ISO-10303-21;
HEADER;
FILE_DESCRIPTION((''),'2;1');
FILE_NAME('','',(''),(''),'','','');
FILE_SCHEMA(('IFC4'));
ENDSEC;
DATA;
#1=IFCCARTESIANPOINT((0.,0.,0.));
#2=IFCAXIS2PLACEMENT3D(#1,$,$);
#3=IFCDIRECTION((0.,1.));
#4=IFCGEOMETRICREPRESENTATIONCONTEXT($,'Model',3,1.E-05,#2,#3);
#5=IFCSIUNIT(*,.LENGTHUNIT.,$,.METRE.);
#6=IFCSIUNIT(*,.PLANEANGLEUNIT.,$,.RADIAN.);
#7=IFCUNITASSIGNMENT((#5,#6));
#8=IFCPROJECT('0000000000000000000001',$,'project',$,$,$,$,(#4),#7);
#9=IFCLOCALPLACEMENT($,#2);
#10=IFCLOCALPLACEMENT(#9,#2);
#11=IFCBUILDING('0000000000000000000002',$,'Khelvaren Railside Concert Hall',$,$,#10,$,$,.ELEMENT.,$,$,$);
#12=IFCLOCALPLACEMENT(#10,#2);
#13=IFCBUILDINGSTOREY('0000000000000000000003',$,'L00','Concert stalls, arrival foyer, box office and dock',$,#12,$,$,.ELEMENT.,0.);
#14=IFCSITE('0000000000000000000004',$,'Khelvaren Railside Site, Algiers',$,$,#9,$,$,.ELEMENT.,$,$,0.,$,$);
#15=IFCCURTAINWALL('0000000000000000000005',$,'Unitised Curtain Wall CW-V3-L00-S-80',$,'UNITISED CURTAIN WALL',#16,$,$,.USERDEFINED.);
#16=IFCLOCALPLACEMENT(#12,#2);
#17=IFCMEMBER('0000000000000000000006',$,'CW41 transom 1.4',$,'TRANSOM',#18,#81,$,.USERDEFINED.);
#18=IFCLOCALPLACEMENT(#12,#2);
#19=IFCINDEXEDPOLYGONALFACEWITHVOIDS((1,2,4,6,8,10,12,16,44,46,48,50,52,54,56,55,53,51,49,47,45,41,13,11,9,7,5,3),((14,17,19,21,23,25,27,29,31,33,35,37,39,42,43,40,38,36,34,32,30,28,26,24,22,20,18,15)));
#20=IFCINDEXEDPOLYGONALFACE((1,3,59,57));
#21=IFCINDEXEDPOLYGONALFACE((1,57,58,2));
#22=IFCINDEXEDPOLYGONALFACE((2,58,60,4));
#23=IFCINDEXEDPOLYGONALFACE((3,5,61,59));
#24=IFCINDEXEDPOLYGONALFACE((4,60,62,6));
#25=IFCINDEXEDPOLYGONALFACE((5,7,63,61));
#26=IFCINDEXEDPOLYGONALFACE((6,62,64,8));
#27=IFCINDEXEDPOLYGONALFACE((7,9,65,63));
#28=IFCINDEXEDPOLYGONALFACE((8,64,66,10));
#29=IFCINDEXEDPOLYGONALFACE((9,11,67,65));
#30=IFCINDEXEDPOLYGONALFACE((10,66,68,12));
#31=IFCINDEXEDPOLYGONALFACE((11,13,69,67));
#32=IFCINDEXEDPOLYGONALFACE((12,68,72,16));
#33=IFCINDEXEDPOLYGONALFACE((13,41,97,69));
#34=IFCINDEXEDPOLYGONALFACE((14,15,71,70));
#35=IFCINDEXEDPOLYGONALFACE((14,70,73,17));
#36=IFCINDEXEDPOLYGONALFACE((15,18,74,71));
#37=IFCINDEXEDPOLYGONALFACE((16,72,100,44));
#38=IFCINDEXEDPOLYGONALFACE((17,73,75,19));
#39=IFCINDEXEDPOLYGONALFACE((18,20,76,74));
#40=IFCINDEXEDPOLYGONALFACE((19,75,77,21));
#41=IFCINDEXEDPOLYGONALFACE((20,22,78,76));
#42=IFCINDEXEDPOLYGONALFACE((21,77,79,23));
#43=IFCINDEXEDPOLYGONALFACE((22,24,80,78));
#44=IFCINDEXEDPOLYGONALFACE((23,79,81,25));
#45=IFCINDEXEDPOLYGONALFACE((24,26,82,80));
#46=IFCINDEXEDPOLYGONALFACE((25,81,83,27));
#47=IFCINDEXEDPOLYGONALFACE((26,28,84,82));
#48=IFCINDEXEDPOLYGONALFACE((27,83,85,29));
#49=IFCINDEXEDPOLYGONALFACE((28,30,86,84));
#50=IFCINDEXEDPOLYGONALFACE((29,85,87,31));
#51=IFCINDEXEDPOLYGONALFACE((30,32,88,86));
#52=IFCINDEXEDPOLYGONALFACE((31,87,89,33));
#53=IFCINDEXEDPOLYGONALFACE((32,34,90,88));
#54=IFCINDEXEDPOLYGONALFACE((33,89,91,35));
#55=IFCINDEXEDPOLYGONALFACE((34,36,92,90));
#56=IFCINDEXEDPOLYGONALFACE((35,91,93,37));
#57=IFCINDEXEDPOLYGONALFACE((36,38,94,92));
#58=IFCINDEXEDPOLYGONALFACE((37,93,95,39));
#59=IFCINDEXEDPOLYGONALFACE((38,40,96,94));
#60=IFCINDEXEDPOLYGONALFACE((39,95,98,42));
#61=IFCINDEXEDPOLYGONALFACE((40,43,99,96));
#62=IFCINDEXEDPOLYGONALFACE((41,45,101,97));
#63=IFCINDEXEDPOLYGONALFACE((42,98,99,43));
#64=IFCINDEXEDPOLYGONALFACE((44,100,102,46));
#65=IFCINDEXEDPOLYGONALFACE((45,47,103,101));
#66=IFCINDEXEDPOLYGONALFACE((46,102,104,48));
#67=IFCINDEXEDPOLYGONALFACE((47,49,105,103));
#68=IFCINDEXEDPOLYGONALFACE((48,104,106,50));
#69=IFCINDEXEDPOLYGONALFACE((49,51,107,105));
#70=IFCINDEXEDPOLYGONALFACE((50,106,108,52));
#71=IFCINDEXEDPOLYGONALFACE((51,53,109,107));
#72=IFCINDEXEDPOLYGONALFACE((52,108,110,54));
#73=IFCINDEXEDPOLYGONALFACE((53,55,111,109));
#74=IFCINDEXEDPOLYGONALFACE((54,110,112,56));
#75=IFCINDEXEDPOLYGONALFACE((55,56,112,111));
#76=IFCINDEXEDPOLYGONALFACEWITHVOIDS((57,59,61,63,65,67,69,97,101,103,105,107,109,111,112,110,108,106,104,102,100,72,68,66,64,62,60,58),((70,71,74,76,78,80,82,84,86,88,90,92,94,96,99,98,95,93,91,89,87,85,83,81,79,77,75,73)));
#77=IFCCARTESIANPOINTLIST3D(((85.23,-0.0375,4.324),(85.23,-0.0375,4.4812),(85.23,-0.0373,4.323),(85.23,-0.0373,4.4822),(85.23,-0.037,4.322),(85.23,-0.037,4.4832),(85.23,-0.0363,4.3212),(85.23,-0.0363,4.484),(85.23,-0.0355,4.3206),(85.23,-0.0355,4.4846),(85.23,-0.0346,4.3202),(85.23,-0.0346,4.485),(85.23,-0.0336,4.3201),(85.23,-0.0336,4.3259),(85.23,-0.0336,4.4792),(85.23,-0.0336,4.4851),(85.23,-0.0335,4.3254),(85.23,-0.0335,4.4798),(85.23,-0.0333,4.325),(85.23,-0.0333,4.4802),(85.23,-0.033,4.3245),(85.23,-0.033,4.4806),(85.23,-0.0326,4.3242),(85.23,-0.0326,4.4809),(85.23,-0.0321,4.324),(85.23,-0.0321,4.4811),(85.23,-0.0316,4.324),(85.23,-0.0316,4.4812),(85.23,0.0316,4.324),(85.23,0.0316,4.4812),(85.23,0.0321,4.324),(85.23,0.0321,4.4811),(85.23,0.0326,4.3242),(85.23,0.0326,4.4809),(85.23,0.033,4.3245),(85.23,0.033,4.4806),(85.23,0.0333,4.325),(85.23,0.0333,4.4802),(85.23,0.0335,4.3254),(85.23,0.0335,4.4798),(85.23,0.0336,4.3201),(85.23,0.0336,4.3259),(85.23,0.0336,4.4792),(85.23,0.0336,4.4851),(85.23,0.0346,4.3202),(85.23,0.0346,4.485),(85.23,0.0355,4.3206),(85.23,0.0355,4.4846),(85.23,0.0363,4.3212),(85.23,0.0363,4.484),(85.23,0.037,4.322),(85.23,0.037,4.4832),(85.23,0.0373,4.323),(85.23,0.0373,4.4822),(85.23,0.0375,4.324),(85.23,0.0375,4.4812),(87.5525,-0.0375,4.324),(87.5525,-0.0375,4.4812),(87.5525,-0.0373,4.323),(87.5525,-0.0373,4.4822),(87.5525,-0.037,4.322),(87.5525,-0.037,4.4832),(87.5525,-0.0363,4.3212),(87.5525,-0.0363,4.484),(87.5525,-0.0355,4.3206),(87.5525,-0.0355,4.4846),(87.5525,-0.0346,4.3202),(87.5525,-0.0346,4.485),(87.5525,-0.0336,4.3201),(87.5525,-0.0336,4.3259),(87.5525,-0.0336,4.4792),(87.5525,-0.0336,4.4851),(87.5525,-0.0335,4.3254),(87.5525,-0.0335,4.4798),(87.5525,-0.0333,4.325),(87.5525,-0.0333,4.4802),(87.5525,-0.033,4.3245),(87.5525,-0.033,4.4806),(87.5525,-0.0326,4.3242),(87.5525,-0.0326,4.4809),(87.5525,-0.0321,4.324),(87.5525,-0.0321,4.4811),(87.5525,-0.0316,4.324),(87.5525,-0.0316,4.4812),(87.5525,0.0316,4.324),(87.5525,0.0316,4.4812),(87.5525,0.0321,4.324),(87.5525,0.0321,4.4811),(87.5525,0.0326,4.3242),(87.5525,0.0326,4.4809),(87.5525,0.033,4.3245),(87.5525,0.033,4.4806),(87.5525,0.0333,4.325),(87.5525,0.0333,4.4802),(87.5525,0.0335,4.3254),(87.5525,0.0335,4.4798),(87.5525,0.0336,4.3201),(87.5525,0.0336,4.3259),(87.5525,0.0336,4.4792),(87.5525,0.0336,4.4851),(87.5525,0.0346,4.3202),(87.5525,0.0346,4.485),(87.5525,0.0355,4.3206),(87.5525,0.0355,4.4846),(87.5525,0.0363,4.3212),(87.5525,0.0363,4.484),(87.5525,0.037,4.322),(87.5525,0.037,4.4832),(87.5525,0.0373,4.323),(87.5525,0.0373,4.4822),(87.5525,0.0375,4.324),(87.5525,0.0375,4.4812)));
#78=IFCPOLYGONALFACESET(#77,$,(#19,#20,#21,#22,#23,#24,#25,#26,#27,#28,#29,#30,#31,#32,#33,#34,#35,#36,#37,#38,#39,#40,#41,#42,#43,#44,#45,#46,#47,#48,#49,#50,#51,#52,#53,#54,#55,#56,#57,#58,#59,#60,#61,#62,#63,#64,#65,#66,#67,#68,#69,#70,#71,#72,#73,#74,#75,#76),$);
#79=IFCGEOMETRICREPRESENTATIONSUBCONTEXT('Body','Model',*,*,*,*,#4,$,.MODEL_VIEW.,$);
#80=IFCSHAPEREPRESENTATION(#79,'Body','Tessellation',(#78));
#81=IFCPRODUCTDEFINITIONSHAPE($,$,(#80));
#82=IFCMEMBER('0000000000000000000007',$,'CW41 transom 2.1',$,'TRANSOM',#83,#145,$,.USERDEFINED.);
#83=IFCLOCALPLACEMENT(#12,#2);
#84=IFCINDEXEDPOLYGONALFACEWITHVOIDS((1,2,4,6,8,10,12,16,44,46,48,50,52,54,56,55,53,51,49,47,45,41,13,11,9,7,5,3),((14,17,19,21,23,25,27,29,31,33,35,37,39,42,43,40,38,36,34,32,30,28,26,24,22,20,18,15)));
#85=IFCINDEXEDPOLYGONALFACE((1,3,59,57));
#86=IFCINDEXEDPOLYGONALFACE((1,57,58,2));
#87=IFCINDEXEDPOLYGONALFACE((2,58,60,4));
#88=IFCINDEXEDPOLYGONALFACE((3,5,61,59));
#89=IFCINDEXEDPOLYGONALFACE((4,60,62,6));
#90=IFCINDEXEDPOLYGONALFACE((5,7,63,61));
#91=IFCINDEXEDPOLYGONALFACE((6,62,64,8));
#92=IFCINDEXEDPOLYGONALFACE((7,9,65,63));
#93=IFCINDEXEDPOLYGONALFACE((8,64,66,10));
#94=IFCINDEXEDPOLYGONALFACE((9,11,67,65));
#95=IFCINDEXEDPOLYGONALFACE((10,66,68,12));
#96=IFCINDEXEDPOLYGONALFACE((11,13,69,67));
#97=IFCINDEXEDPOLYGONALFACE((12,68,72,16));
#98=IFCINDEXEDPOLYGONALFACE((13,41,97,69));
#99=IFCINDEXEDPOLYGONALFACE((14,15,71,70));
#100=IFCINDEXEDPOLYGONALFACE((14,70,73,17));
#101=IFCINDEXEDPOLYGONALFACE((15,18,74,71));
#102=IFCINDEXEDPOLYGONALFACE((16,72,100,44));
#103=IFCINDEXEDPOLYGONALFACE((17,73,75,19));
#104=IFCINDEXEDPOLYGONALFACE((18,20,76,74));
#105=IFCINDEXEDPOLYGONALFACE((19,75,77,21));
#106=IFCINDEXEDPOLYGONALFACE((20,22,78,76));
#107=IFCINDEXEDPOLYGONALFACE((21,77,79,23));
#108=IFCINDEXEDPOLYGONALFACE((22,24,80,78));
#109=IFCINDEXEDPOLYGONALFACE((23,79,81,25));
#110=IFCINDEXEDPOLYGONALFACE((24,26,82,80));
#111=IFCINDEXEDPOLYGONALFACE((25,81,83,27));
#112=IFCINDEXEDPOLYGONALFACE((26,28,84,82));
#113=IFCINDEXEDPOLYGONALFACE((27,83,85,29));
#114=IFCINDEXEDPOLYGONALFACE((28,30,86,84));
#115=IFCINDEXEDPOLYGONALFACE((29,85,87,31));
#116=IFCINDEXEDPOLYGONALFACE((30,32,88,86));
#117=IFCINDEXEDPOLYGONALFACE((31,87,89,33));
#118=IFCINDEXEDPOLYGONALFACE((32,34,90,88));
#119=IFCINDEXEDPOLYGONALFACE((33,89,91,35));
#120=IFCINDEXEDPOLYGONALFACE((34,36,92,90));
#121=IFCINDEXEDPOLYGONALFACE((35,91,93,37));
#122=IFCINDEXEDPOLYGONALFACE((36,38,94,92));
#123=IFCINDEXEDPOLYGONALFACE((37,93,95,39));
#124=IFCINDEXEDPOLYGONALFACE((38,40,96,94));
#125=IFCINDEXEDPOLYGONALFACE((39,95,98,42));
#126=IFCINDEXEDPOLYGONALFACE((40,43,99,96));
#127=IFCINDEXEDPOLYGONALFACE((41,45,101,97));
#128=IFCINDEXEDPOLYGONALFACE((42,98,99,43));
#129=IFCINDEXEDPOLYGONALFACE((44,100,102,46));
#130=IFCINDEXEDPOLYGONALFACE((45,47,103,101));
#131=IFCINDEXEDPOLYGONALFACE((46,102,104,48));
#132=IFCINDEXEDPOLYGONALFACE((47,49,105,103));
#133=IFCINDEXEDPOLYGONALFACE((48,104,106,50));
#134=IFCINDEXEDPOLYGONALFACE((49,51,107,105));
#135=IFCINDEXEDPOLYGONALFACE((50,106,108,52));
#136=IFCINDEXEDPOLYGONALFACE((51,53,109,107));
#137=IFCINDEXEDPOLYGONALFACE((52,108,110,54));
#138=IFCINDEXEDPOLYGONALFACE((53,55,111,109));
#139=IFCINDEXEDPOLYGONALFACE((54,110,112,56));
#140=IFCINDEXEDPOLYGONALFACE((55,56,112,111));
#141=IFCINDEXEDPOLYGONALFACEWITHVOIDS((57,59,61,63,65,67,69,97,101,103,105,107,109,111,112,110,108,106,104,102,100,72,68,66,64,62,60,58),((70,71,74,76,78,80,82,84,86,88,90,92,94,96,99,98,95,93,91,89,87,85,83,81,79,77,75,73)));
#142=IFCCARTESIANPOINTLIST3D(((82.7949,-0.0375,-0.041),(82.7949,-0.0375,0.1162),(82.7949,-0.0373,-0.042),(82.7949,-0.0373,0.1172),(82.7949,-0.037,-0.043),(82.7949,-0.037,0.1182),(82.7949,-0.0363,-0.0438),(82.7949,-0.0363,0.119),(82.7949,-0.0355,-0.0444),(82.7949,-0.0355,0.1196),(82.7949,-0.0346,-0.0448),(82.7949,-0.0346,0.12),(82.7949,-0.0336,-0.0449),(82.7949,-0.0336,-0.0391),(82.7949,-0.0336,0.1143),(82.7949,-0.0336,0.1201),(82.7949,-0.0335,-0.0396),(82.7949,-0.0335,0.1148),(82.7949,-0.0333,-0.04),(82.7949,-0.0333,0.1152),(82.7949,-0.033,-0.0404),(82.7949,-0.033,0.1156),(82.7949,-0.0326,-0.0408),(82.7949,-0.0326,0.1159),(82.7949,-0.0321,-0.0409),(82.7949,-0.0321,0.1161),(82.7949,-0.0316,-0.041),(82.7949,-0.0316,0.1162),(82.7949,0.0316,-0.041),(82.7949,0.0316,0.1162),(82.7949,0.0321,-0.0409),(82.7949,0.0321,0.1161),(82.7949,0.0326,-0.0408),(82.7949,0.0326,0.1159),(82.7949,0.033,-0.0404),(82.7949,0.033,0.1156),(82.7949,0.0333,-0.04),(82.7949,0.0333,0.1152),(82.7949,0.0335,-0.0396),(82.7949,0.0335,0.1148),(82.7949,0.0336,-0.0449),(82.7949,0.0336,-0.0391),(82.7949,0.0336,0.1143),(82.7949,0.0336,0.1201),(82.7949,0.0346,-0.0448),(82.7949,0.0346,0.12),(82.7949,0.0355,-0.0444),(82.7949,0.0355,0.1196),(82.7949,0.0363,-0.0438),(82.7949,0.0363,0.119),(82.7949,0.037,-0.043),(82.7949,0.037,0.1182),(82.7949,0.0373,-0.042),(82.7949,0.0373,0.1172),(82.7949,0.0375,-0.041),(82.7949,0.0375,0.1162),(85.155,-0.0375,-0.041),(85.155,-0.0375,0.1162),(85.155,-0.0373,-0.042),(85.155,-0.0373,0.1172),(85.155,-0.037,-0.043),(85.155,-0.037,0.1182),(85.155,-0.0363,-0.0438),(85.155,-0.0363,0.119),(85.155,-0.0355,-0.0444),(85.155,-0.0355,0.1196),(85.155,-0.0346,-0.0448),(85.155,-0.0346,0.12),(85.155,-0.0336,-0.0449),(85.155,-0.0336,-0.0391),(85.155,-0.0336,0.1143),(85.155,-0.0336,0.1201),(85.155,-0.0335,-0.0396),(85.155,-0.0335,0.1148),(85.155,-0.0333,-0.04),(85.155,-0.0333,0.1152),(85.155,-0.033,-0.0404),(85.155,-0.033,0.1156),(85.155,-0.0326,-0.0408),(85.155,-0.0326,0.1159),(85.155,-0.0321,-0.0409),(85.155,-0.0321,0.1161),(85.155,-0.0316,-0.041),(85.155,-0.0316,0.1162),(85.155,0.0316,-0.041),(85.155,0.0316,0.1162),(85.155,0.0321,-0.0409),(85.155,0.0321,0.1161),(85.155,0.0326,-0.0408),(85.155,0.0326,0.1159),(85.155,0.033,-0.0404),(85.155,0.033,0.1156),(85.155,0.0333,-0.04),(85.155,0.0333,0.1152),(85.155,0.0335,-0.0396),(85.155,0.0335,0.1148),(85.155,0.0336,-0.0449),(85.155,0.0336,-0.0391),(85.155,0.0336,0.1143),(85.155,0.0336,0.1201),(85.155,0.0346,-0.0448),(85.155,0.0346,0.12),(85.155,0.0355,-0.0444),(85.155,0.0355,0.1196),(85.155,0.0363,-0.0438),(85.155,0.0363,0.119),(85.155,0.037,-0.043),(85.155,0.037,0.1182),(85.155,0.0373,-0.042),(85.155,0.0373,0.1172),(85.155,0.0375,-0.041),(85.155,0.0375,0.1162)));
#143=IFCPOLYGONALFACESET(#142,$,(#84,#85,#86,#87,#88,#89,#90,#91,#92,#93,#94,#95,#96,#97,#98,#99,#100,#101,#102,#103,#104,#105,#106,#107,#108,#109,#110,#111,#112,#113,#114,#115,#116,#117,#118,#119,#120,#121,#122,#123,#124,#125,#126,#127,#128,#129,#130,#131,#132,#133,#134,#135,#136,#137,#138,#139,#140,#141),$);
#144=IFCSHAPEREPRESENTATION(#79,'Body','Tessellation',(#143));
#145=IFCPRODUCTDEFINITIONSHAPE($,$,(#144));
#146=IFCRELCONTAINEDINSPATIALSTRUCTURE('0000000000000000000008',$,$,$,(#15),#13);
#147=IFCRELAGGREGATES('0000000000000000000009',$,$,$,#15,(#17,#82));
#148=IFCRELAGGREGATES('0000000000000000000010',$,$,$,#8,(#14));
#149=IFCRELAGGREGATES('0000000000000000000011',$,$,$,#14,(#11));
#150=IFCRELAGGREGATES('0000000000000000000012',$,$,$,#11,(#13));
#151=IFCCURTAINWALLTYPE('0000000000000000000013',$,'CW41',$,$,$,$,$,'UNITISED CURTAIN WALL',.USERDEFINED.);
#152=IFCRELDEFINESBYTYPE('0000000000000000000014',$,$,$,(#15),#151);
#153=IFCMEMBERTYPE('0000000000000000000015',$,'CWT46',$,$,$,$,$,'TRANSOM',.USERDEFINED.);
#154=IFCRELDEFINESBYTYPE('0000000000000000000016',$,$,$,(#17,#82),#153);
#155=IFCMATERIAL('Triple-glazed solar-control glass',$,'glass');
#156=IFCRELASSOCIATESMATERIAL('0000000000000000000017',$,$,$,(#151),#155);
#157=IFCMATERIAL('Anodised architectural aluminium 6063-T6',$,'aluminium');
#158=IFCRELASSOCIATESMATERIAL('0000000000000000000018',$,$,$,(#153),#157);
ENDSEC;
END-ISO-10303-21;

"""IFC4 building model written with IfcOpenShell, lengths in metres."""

from ifc_helpers import new_model, si_unit, direction, frame, origin, origin_2d, place, context, subcontext, project, spatial, hollow_rectangle, extrude, material, material_profile, profile_set, type_object, element, aggregate, save


model = new_model("IFC4")

# Units and contexts
model_context = context("Model", 3, precision=1e-05, world=origin(), true_north=direction((0.0, 1.0)))
body_context = subcontext(model_context, "Body", "Model", "MODEL_VIEW")
ifc_project = project(units=[si_unit("LENGTHUNIT", "METRE"), si_unit("PLANEANGLEUNIT", "RADIAN")], contexts=[model_context])

# Site, building, storey
site_placement = place(None, origin())
site = spatial("IfcSite", under=ifc_project, at=site_placement, Name="Khelvaren Railside Site, Algiers", CompositionType="ELEMENT", RefElevation=0.0)
building_placement = place(site_placement, origin())
building = spatial("IfcBuilding", under=site, at=building_placement, Name="Khelvaren Railside Concert Hall", CompositionType="ELEMENT")
storey_placement = place(building_placement, origin())
storey = spatial("IfcBuildingStorey", under=building, at=storey_placement, Name="L00", Description="Concert stalls, arrival foyer, box office and dock", CompositionType="ELEMENT", Elevation=0.0)

# Curtain wall
ifc_material_1 = material(Name="Triple-glazed solar-control glass", Category="glass")
curtain_wall_type_1 = type_object("IfcCurtainWallType", Name="CW41", ElementType="UNITISED CURTAIN WALL", PredefinedType="USERDEFINED", material=ifc_material_1)
curtain_wall_1_placement = place(storey_placement, origin())
curtain_wall_1 = element("IfcCurtainWall", 1, at=curtain_wall_1_placement, inside=storey, type_object=curtain_wall_type_1, Name="Unitised Curtain Wall CW-V3-L00-S-80", ObjectType="UNITISED CURTAIN WALL", PredefinedType="USERDEFINED")
ifc_material_2 = material(Name="Anodised architectural aluminium 6063-T6", Category="aluminium")

# Members
ifc_material_profile_1 = material_profile(ifc_material_2, hollow_rectangle(XDim=0.075, YDim=0.165, WallThickness=0.0039, InnerFilletRadius=0.002, OuterFilletRadius=0.0039, at=origin_2d()), Name="CWT 75x165x4")
ifc_profile_set_1 = profile_set([ifc_material_profile_1], Name="Anodised architectural aluminium 6063-T6")
member_type_1 = type_object("IfcMemberType", Name="CWT46", ElementType="TRANSOM", PredefinedType="USERDEFINED", material=ifc_profile_set_1)
member_1_placement = place(storey_placement, frame((87.5525, 0.0, 4.4026), z_axis=(-1.0, 0.0, 0.0), x_axis=(0.0, -1.0, 0.0)))
member_1 = element("IfcMember", 2, at=member_1_placement, type_object=member_type_1, Name="CW41 transom 1.4", ObjectType="TRANSOM", PredefinedType="USERDEFINED", context=body_context, shape_type="SweptSolid", body=[
    extrude(hollow_rectangle(XDim=0.075, YDim=0.165, WallThickness=0.0039, InnerFilletRadius=0.002, OuterFilletRadius=0.0039, at=origin_2d()), origin(), (0.0, 0.0, 1.0), 2.3225),
])
member_2_placement = place(storey_placement, frame((85.155, 0.0, 0.0376), z_axis=(-1.0, 0.0, 0.0), x_axis=(0.0, -1.0, 0.0)))
member_2 = element("IfcMember", 3, at=member_2_placement, type_object=member_type_1, Name="CW41 transom 2.1", ObjectType="TRANSOM", PredefinedType="USERDEFINED", context=body_context, shape_type="SweptSolid", body=[
    extrude(hollow_rectangle(XDim=0.075, YDim=0.165, WallThickness=0.0039, InnerFilletRadius=0.002, OuterFilletRadius=0.0039, at=origin_2d()), origin(), (0.0, 0.0, 1.0), 2.3601),
])

aggregate(curtain_wall_1, [member_1, member_2])

save(model, "model.ifc")
